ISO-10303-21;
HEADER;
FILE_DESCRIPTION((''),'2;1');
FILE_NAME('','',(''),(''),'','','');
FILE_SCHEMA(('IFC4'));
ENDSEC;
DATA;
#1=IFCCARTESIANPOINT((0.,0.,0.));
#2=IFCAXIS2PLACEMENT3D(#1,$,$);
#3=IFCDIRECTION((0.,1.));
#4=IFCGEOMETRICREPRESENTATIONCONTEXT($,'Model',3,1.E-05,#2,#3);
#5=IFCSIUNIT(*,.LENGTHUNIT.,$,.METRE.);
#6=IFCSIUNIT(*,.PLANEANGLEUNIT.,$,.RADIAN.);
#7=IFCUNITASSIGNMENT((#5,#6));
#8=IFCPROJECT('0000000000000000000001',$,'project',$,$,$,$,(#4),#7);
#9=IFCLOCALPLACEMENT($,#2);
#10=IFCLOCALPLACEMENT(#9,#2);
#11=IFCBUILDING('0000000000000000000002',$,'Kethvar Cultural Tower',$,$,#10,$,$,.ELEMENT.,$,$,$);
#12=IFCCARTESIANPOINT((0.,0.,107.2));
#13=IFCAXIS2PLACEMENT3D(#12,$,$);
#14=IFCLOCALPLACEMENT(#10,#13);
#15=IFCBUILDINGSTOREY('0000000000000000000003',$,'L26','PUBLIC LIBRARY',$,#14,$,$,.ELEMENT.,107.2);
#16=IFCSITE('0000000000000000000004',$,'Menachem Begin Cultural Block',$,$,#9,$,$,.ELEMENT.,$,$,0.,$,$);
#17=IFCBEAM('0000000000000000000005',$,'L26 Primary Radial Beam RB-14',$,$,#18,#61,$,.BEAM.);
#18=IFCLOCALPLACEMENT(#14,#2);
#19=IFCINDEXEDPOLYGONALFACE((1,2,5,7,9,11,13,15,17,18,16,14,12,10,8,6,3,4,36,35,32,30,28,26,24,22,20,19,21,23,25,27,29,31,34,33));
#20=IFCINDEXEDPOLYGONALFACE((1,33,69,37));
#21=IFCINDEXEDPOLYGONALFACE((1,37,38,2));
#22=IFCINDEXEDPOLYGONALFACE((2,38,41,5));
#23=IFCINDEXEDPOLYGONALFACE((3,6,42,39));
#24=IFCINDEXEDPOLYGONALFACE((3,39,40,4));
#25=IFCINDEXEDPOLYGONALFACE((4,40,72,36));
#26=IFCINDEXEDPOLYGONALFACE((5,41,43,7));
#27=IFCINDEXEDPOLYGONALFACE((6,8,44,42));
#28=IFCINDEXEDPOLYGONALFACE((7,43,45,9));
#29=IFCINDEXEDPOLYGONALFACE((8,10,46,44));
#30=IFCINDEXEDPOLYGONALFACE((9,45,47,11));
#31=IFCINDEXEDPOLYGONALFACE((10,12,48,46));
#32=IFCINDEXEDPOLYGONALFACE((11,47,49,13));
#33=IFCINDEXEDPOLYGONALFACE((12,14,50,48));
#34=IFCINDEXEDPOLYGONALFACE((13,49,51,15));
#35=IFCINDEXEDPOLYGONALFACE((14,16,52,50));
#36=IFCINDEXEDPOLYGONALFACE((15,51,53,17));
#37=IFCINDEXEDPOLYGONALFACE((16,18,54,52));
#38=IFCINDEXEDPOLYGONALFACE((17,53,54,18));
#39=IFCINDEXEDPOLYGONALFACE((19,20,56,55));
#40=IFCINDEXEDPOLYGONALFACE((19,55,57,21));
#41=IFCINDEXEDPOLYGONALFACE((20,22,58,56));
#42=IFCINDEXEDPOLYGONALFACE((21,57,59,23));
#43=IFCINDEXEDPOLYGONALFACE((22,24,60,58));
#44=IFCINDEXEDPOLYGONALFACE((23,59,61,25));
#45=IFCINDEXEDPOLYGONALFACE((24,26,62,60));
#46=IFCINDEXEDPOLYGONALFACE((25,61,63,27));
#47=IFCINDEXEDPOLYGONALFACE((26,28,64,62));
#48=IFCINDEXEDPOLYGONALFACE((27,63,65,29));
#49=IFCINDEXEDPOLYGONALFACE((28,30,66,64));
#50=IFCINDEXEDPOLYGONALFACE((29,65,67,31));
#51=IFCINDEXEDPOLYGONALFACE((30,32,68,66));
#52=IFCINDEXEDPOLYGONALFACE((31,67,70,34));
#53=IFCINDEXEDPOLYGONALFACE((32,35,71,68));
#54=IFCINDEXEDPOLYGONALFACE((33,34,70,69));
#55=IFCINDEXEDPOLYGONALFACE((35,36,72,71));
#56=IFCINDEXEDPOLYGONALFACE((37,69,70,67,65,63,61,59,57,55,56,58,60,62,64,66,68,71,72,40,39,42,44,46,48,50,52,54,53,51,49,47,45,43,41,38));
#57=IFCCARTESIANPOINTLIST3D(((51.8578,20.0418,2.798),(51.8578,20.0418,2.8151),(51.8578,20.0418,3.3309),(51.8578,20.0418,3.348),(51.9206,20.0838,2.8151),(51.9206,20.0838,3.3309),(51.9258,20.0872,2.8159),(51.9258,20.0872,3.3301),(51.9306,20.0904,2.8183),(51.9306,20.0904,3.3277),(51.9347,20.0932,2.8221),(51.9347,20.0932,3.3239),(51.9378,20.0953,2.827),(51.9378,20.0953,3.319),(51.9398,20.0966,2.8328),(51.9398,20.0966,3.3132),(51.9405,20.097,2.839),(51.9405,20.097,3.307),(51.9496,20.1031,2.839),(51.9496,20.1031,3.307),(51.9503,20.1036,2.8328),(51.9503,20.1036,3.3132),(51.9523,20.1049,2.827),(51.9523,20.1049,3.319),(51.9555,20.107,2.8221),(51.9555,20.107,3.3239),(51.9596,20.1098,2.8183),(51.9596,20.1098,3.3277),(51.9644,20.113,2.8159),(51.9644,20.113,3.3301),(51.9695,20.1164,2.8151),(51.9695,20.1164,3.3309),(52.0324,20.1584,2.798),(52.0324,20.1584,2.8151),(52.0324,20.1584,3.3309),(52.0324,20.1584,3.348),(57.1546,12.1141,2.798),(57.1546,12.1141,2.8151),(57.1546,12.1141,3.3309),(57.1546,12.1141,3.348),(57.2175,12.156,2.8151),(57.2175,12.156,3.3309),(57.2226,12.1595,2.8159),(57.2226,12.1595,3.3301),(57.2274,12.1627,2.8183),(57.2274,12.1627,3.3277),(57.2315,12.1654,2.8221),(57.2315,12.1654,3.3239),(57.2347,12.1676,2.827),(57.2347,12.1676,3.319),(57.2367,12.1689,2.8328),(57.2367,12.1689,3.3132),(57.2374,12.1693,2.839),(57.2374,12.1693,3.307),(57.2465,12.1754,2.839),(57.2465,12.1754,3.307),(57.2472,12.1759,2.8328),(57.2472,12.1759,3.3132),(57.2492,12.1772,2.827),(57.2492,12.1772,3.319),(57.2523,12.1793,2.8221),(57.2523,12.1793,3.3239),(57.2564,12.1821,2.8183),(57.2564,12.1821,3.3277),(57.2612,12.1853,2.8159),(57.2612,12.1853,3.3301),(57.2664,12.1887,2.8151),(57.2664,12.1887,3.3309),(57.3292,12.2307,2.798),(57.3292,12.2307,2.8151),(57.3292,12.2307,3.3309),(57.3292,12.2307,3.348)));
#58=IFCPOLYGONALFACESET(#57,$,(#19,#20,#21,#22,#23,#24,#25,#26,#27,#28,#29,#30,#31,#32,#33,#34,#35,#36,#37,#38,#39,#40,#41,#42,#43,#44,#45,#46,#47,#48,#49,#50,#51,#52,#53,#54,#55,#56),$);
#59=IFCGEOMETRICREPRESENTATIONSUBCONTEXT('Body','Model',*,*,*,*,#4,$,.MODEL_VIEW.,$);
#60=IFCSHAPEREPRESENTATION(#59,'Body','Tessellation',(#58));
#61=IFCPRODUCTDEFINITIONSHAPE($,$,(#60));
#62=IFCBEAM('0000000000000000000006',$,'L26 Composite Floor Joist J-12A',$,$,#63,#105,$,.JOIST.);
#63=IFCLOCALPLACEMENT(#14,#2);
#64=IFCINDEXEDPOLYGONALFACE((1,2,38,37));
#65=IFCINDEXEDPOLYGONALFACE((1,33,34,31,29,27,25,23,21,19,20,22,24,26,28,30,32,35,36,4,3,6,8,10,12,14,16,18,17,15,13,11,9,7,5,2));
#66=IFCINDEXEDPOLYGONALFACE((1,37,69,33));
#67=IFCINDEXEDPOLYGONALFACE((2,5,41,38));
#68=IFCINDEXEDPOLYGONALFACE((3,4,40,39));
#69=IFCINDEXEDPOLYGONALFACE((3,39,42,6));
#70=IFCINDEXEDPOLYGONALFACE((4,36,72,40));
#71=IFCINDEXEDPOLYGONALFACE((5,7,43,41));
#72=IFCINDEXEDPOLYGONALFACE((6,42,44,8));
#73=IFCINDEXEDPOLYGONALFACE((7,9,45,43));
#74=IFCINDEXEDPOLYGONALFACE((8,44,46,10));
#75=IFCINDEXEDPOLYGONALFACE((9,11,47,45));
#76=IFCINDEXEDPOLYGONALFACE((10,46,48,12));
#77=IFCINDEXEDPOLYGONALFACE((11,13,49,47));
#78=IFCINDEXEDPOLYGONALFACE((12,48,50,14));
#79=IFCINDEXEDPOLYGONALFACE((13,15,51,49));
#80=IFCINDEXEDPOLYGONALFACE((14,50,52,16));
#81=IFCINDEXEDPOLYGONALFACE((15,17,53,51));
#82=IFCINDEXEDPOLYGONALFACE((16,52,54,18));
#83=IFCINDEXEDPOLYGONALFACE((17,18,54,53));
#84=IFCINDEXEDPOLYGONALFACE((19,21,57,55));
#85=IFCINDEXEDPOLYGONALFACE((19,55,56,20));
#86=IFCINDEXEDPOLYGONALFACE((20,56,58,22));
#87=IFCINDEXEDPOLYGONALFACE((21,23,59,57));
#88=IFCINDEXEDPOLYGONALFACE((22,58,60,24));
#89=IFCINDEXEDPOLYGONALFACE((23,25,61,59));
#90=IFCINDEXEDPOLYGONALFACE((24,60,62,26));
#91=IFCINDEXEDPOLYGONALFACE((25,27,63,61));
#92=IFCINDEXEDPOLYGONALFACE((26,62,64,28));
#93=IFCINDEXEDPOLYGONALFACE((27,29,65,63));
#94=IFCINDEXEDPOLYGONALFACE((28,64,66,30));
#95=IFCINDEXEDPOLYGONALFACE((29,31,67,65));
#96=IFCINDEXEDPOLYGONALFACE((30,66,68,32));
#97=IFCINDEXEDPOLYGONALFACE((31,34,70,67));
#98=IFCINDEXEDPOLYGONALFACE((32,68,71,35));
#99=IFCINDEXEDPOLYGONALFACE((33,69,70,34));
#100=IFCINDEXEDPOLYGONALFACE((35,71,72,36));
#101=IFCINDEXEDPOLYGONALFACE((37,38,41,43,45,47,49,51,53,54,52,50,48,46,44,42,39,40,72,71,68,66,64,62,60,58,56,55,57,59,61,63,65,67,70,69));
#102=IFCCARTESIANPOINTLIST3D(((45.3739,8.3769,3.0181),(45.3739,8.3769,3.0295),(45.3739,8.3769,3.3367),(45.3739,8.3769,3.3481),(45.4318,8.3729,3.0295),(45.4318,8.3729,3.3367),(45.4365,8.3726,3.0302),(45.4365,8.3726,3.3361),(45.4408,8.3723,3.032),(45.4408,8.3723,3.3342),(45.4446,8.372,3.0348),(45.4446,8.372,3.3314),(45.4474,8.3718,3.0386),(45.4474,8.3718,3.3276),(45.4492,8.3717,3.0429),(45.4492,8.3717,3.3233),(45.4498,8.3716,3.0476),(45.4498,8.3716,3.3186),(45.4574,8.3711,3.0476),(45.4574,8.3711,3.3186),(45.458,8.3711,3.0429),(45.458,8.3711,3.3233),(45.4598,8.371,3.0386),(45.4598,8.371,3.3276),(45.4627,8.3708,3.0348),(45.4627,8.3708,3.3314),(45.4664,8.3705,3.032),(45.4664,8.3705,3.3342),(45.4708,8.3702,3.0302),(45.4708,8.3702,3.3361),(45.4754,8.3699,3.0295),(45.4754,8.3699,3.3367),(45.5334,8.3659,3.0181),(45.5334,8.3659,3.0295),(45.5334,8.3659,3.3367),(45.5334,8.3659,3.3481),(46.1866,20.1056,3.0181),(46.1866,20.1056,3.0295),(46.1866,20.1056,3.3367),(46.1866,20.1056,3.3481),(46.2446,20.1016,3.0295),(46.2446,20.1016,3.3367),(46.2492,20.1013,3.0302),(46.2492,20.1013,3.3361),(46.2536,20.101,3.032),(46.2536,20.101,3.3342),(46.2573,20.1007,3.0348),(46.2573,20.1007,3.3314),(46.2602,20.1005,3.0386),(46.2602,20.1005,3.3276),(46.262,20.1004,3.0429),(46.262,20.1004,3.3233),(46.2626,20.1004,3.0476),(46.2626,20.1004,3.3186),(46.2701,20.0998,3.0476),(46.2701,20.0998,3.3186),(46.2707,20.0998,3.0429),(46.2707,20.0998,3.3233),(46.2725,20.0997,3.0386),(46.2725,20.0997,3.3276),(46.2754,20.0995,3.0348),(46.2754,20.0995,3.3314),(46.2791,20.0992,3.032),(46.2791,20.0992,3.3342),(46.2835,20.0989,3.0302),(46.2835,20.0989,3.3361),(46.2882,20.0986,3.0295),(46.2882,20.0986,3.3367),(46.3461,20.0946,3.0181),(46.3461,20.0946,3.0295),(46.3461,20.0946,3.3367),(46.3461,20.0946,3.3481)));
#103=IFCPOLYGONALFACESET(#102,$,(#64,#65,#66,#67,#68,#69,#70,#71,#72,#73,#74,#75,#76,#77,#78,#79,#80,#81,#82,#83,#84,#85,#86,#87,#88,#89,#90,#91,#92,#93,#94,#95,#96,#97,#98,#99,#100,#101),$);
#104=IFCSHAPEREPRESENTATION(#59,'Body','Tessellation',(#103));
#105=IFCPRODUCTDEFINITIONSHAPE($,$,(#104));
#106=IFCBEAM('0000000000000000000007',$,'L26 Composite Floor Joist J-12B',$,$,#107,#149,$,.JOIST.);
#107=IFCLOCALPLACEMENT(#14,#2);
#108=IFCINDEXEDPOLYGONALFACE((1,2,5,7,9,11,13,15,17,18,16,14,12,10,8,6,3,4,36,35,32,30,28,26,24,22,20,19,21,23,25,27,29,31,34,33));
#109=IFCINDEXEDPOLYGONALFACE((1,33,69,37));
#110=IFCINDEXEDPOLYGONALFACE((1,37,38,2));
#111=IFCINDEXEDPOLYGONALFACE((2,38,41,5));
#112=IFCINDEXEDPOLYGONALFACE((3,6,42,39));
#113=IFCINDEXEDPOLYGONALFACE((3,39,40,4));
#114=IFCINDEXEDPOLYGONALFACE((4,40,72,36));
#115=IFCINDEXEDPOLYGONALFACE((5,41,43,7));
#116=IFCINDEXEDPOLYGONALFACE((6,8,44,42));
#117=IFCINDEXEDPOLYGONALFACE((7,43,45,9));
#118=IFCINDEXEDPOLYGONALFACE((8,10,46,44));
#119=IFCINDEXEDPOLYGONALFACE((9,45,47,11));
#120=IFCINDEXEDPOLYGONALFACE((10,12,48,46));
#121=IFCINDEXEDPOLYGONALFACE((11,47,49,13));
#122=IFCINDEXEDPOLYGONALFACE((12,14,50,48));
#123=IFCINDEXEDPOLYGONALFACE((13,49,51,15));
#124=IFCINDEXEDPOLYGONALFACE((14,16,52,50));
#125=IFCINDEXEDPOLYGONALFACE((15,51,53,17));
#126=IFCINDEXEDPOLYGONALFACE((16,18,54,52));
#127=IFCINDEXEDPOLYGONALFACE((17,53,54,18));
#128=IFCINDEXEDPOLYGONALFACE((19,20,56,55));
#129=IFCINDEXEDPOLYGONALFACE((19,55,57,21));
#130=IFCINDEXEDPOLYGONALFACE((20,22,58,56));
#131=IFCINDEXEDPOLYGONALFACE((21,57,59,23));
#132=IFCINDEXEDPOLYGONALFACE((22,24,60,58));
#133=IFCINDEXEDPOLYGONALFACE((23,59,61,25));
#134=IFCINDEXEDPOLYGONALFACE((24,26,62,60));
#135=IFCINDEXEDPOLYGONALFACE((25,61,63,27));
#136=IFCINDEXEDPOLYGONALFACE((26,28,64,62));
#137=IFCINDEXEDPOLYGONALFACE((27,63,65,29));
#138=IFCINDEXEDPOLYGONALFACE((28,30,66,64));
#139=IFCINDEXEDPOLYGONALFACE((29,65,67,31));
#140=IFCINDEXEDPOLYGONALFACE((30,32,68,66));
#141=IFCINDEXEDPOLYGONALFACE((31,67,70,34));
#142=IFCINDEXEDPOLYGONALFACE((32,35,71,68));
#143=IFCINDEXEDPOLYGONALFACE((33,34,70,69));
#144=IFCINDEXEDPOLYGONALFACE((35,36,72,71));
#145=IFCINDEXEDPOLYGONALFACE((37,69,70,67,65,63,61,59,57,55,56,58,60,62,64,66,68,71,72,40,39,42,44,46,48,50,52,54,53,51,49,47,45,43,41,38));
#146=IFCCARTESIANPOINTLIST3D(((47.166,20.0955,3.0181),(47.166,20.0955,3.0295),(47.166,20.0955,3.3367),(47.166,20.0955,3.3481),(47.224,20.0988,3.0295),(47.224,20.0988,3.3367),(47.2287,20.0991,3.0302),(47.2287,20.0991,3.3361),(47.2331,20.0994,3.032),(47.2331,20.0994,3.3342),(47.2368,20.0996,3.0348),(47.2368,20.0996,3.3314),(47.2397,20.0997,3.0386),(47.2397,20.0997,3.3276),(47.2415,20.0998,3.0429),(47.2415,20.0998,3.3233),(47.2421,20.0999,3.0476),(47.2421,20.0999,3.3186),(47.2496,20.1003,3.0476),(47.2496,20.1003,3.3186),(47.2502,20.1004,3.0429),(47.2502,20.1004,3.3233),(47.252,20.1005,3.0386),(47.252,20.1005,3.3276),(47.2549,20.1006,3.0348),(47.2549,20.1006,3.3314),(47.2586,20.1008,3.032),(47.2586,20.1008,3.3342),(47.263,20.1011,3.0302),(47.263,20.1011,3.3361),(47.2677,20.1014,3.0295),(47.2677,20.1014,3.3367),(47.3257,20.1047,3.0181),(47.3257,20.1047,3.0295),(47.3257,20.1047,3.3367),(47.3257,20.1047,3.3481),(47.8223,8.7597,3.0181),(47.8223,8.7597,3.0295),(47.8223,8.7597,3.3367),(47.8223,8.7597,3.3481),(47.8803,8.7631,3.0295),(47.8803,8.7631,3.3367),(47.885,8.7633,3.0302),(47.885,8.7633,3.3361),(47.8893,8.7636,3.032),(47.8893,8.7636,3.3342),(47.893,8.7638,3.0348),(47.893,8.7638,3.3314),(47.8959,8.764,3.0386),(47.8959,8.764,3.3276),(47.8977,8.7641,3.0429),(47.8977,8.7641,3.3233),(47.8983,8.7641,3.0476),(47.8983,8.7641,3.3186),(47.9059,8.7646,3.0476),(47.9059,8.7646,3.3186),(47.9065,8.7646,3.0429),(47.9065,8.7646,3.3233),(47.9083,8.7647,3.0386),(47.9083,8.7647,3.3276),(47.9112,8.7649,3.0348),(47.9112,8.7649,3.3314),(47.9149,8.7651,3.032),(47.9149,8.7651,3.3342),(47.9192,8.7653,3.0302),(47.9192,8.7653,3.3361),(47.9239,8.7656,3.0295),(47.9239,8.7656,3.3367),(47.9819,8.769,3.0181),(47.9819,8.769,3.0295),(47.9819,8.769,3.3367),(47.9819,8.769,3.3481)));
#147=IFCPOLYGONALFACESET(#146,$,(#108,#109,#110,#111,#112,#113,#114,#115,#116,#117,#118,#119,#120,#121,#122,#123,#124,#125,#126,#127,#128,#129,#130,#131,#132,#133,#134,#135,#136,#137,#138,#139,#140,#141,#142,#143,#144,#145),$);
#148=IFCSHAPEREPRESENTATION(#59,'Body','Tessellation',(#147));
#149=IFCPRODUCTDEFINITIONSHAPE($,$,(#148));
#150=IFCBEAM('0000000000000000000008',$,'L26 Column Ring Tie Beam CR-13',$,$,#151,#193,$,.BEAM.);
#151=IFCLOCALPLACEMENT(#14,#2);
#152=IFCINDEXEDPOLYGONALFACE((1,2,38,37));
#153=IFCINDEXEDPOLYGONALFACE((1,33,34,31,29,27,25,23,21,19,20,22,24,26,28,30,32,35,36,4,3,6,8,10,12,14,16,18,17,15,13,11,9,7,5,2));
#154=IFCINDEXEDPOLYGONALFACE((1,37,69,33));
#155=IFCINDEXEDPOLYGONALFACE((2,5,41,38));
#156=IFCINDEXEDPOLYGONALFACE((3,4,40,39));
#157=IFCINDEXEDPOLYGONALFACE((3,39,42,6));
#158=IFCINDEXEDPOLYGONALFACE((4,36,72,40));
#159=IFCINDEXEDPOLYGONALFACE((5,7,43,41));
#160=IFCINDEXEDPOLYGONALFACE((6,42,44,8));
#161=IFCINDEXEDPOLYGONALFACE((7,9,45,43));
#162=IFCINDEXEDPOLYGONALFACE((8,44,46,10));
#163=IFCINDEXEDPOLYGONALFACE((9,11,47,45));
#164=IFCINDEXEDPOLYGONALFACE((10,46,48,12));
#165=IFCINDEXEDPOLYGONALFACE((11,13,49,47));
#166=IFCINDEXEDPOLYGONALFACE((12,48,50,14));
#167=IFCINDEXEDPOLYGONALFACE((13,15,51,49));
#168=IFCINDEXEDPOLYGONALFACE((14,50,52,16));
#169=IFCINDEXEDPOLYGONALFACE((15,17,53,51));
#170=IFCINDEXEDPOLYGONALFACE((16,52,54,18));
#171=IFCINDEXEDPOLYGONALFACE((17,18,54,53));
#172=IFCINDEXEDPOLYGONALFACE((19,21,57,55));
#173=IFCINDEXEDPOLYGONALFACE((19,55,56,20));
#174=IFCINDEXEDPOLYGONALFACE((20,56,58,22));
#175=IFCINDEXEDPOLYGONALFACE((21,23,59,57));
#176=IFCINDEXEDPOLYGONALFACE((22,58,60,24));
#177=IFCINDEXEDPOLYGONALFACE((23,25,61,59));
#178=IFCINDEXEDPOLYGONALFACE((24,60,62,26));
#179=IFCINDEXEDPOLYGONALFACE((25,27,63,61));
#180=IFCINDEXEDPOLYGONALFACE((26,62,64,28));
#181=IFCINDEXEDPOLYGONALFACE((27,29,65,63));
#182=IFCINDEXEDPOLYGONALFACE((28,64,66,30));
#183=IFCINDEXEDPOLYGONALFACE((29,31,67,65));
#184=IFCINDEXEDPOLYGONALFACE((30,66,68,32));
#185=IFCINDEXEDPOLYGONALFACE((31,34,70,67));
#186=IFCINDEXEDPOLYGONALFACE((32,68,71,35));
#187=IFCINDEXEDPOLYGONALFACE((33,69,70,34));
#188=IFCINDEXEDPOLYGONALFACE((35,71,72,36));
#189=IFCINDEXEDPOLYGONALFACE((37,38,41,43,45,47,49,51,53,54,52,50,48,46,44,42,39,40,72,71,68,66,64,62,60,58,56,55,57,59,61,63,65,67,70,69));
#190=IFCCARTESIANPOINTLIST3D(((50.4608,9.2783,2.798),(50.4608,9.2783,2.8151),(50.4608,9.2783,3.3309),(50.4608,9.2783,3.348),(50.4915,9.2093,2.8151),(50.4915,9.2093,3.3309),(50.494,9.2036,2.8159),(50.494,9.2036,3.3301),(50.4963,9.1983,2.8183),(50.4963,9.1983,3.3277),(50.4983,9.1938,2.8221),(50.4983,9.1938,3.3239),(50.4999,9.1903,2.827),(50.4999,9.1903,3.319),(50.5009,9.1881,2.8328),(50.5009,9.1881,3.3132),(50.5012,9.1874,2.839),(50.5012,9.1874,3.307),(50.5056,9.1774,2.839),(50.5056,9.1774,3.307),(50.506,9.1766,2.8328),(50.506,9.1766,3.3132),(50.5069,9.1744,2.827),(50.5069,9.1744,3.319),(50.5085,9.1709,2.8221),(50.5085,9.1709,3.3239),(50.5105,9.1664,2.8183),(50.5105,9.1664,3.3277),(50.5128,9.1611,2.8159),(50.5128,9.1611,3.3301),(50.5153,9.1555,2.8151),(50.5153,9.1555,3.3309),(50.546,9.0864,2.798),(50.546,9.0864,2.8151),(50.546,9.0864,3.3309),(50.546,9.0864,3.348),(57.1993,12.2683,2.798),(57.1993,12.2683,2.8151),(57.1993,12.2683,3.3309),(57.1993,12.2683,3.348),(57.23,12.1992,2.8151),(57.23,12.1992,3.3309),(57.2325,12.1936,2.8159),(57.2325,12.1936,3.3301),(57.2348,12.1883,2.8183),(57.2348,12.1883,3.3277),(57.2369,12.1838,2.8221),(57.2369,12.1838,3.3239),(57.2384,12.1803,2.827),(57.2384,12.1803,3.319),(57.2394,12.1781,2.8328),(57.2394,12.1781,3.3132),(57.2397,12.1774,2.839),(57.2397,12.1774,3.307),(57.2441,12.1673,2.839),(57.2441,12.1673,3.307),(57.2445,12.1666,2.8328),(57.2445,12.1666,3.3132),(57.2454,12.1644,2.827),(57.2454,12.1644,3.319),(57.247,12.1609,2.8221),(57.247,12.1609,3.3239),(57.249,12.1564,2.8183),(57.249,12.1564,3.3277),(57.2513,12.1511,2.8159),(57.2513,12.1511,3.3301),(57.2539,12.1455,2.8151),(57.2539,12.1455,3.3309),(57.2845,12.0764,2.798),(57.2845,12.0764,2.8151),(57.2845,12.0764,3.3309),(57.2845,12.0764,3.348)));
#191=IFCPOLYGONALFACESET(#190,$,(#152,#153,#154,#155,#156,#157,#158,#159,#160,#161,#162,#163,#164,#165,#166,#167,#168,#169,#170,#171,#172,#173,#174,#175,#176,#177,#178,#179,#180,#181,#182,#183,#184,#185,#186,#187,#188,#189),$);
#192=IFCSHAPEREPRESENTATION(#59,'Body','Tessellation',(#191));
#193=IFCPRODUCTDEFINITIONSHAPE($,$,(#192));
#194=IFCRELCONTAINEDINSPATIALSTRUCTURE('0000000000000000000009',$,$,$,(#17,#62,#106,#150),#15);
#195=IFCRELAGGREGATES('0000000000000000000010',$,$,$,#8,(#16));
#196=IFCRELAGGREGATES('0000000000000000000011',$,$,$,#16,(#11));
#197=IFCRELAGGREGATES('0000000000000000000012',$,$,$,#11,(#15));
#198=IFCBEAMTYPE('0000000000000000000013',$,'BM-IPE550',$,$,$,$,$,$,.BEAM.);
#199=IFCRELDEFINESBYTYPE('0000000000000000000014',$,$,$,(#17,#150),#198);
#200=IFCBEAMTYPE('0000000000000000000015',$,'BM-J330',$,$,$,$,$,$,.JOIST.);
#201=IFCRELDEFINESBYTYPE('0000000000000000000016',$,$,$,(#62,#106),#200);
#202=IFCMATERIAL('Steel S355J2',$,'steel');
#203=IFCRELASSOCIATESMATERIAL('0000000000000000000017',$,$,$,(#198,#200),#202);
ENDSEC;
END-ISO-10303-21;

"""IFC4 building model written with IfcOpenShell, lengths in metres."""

from ifc_helpers import new_model, si_unit, direction, frame, origin, origin_2d, place, context, subcontext, project, spatial, i_section, extrude, source, transform, mapped, material, material_profile, profile_set, type_object, element, save


model = new_model("IFC4")

# Units and contexts
model_context = context("Model", 3, precision=1e-05, world=origin(), true_north=direction((0.0, 1.0)))
body_context = subcontext(model_context, "Body", "Model", "MODEL_VIEW")
ifc_project = project(units=[si_unit("LENGTHUNIT", "METRE"), si_unit("PLANEANGLEUNIT", "RADIAN")], contexts=[model_context])

# Site, building, storey
site_placement = place(None, origin())
site = spatial("IfcSite", under=ifc_project, at=site_placement, Name="Menachem Begin Cultural Block", CompositionType="ELEMENT", RefElevation=0.0)
building_placement = place(site_placement, origin())
building = spatial("IfcBuilding", under=site, at=building_placement, Name="Kethvar Cultural Tower", CompositionType="ELEMENT")
storey_placement = place(building_placement, frame((0.0, 0.0, 107.2)))
storey = spatial("IfcBuildingStorey", under=building, at=storey_placement, Name="L26", Description="PUBLIC LIBRARY", CompositionType="ELEMENT", Elevation=107.2)

# Beams
ifc_material_1 = material(Name="Steel S355J2", Category="steel")
ifc_material_profile_1 = material_profile(ifc_material_1, i_section(OverallWidth=0.21, OverallDepth=0.55, WebThickness=0.011, FlangeThickness=0.0171, FilletRadius=0.0239, at=origin_2d()), Name="Steel S355J2 — IPE550")
ifc_profile_set_1 = profile_set([ifc_material_profile_1], Name="Steel S355J2 — IPE550")
beam_type_1 = type_object("IfcBeamType", Name="BM-IPE550", PredefinedType="BEAM", material=ifc_profile_set_1)
shared_shape_1 = source(origin(), body_context, "Body", "SweptSolid", [
    extrude(i_section(OverallWidth=0.21, OverallDepth=0.55, WebThickness=0.011, FlangeThickness=0.0171, FilletRadius=0.0239, at=origin_2d()), origin(), (0.0, 0.0, 1.0), 9.5344),
])
beam_1_placement = place(storey_placement, frame((51.9451, 20.1001, 3.073), z_axis=(0.555551, -0.831483, 0.0), x_axis=(0.831483, 0.555551, 0.0)))
element("IfcBeam", 1, at=beam_1_placement, inside=storey, type_object=beam_type_1, Name="L26 Primary Radial Beam RB-14", PredefinedType="BEAM", context=body_context, shape_type="MappedRepresentation", body=[
    mapped(shared_shape_1, transform((0.0, 0.0, 0.0), scale=1.0)),
])
ifc_material_profile_2 = material_profile(ifc_material_1, i_section(OverallWidth=0.1599, OverallDepth=0.3301, WebThickness=0.0076, FlangeThickness=0.0115, FilletRadius=0.0181, at=origin_2d()), Name="Steel S355J2 — IPE330")
ifc_profile_set_2 = profile_set([ifc_material_profile_2], Name="Steel S355J2 — IPE330")
beam_type_2 = type_object("IfcBeamType", Name="BM-J330", PredefinedType="JOIST", material=ifc_profile_set_2)
shared_shape_2 = source(origin(), body_context, "Body", "SweptSolid", [
    extrude(i_section(OverallWidth=0.1599, OverallDepth=0.3301, WebThickness=0.0076, FlangeThickness=0.0115, FilletRadius=0.0181, at=origin_2d()), origin(), (0.0, 0.0, 1.0), 11.7568),
])
beam_2_placement = place(storey_placement, frame((46.2664, 20.1001, 3.1831), z_axis=(-0.069129, -0.997608, 0.0), x_axis=(0.997608, -0.069129, 0.0)))
element("IfcBeam", 2, at=beam_2_placement, inside=storey, type_object=beam_type_2, Name="L26 Composite Floor Joist J-12A", PredefinedType="JOIST", context=body_context, shape_type="MappedRepresentation", body=[
    mapped(shared_shape_2, transform((0.0, 0.0, 0.0), scale=1.0)),
])
shared_shape_3 = source(origin(), body_context, "Body", "SweptSolid", [
    extrude(i_section(OverallWidth=0.1599, OverallDepth=0.3301, WebThickness=0.0076, FlangeThickness=0.0115, FilletRadius=0.0181, at=origin_2d()), origin(), (0.0, 0.0, 1.0), 11.3547),
])
beam_3_placement = place(storey_placement, frame((47.2458, 20.1001, 3.1831), z_axis=(0.057796, -0.998328, 0.0), x_axis=(0.998328, 0.057796, 0.0)))
element("IfcBeam", 3, at=beam_3_placement, inside=storey, type_object=beam_type_2, Name="L26 Composite Floor Joist J-12B", PredefinedType="JOIST", context=body_context, shape_type="MappedRepresentation", body=[
    mapped(shared_shape_3, transform((0.0, 0.0, 0.0), scale=1.0)),
])
shared_shape_4 = source(origin(), body_context, "Body", "SweptSolid", [
    extrude(i_section(OverallWidth=0.21, OverallDepth=0.55, WebThickness=0.011, FlangeThickness=0.0171, FilletRadius=0.0239, at=origin_2d()), origin(), (0.0, 0.0, 1.0), 7.3721),
])
beam_4_placement = place(storey_placement, frame((50.5034, 9.1824, 3.073), z_axis=(0.914059, 0.405582, 0.0), x_axis=(-0.405582, 0.914059, 0.0)))
element("IfcBeam", 4, at=beam_4_placement, inside=storey, type_object=beam_type_1, Name="L26 Column Ring Tie Beam CR-13", PredefinedType="BEAM", context=body_context, shape_type="MappedRepresentation", body=[
    mapped(shared_shape_4, transform((0.0, 0.0, 0.0), scale=1.0)),
])

save(model, "model.ifc")
